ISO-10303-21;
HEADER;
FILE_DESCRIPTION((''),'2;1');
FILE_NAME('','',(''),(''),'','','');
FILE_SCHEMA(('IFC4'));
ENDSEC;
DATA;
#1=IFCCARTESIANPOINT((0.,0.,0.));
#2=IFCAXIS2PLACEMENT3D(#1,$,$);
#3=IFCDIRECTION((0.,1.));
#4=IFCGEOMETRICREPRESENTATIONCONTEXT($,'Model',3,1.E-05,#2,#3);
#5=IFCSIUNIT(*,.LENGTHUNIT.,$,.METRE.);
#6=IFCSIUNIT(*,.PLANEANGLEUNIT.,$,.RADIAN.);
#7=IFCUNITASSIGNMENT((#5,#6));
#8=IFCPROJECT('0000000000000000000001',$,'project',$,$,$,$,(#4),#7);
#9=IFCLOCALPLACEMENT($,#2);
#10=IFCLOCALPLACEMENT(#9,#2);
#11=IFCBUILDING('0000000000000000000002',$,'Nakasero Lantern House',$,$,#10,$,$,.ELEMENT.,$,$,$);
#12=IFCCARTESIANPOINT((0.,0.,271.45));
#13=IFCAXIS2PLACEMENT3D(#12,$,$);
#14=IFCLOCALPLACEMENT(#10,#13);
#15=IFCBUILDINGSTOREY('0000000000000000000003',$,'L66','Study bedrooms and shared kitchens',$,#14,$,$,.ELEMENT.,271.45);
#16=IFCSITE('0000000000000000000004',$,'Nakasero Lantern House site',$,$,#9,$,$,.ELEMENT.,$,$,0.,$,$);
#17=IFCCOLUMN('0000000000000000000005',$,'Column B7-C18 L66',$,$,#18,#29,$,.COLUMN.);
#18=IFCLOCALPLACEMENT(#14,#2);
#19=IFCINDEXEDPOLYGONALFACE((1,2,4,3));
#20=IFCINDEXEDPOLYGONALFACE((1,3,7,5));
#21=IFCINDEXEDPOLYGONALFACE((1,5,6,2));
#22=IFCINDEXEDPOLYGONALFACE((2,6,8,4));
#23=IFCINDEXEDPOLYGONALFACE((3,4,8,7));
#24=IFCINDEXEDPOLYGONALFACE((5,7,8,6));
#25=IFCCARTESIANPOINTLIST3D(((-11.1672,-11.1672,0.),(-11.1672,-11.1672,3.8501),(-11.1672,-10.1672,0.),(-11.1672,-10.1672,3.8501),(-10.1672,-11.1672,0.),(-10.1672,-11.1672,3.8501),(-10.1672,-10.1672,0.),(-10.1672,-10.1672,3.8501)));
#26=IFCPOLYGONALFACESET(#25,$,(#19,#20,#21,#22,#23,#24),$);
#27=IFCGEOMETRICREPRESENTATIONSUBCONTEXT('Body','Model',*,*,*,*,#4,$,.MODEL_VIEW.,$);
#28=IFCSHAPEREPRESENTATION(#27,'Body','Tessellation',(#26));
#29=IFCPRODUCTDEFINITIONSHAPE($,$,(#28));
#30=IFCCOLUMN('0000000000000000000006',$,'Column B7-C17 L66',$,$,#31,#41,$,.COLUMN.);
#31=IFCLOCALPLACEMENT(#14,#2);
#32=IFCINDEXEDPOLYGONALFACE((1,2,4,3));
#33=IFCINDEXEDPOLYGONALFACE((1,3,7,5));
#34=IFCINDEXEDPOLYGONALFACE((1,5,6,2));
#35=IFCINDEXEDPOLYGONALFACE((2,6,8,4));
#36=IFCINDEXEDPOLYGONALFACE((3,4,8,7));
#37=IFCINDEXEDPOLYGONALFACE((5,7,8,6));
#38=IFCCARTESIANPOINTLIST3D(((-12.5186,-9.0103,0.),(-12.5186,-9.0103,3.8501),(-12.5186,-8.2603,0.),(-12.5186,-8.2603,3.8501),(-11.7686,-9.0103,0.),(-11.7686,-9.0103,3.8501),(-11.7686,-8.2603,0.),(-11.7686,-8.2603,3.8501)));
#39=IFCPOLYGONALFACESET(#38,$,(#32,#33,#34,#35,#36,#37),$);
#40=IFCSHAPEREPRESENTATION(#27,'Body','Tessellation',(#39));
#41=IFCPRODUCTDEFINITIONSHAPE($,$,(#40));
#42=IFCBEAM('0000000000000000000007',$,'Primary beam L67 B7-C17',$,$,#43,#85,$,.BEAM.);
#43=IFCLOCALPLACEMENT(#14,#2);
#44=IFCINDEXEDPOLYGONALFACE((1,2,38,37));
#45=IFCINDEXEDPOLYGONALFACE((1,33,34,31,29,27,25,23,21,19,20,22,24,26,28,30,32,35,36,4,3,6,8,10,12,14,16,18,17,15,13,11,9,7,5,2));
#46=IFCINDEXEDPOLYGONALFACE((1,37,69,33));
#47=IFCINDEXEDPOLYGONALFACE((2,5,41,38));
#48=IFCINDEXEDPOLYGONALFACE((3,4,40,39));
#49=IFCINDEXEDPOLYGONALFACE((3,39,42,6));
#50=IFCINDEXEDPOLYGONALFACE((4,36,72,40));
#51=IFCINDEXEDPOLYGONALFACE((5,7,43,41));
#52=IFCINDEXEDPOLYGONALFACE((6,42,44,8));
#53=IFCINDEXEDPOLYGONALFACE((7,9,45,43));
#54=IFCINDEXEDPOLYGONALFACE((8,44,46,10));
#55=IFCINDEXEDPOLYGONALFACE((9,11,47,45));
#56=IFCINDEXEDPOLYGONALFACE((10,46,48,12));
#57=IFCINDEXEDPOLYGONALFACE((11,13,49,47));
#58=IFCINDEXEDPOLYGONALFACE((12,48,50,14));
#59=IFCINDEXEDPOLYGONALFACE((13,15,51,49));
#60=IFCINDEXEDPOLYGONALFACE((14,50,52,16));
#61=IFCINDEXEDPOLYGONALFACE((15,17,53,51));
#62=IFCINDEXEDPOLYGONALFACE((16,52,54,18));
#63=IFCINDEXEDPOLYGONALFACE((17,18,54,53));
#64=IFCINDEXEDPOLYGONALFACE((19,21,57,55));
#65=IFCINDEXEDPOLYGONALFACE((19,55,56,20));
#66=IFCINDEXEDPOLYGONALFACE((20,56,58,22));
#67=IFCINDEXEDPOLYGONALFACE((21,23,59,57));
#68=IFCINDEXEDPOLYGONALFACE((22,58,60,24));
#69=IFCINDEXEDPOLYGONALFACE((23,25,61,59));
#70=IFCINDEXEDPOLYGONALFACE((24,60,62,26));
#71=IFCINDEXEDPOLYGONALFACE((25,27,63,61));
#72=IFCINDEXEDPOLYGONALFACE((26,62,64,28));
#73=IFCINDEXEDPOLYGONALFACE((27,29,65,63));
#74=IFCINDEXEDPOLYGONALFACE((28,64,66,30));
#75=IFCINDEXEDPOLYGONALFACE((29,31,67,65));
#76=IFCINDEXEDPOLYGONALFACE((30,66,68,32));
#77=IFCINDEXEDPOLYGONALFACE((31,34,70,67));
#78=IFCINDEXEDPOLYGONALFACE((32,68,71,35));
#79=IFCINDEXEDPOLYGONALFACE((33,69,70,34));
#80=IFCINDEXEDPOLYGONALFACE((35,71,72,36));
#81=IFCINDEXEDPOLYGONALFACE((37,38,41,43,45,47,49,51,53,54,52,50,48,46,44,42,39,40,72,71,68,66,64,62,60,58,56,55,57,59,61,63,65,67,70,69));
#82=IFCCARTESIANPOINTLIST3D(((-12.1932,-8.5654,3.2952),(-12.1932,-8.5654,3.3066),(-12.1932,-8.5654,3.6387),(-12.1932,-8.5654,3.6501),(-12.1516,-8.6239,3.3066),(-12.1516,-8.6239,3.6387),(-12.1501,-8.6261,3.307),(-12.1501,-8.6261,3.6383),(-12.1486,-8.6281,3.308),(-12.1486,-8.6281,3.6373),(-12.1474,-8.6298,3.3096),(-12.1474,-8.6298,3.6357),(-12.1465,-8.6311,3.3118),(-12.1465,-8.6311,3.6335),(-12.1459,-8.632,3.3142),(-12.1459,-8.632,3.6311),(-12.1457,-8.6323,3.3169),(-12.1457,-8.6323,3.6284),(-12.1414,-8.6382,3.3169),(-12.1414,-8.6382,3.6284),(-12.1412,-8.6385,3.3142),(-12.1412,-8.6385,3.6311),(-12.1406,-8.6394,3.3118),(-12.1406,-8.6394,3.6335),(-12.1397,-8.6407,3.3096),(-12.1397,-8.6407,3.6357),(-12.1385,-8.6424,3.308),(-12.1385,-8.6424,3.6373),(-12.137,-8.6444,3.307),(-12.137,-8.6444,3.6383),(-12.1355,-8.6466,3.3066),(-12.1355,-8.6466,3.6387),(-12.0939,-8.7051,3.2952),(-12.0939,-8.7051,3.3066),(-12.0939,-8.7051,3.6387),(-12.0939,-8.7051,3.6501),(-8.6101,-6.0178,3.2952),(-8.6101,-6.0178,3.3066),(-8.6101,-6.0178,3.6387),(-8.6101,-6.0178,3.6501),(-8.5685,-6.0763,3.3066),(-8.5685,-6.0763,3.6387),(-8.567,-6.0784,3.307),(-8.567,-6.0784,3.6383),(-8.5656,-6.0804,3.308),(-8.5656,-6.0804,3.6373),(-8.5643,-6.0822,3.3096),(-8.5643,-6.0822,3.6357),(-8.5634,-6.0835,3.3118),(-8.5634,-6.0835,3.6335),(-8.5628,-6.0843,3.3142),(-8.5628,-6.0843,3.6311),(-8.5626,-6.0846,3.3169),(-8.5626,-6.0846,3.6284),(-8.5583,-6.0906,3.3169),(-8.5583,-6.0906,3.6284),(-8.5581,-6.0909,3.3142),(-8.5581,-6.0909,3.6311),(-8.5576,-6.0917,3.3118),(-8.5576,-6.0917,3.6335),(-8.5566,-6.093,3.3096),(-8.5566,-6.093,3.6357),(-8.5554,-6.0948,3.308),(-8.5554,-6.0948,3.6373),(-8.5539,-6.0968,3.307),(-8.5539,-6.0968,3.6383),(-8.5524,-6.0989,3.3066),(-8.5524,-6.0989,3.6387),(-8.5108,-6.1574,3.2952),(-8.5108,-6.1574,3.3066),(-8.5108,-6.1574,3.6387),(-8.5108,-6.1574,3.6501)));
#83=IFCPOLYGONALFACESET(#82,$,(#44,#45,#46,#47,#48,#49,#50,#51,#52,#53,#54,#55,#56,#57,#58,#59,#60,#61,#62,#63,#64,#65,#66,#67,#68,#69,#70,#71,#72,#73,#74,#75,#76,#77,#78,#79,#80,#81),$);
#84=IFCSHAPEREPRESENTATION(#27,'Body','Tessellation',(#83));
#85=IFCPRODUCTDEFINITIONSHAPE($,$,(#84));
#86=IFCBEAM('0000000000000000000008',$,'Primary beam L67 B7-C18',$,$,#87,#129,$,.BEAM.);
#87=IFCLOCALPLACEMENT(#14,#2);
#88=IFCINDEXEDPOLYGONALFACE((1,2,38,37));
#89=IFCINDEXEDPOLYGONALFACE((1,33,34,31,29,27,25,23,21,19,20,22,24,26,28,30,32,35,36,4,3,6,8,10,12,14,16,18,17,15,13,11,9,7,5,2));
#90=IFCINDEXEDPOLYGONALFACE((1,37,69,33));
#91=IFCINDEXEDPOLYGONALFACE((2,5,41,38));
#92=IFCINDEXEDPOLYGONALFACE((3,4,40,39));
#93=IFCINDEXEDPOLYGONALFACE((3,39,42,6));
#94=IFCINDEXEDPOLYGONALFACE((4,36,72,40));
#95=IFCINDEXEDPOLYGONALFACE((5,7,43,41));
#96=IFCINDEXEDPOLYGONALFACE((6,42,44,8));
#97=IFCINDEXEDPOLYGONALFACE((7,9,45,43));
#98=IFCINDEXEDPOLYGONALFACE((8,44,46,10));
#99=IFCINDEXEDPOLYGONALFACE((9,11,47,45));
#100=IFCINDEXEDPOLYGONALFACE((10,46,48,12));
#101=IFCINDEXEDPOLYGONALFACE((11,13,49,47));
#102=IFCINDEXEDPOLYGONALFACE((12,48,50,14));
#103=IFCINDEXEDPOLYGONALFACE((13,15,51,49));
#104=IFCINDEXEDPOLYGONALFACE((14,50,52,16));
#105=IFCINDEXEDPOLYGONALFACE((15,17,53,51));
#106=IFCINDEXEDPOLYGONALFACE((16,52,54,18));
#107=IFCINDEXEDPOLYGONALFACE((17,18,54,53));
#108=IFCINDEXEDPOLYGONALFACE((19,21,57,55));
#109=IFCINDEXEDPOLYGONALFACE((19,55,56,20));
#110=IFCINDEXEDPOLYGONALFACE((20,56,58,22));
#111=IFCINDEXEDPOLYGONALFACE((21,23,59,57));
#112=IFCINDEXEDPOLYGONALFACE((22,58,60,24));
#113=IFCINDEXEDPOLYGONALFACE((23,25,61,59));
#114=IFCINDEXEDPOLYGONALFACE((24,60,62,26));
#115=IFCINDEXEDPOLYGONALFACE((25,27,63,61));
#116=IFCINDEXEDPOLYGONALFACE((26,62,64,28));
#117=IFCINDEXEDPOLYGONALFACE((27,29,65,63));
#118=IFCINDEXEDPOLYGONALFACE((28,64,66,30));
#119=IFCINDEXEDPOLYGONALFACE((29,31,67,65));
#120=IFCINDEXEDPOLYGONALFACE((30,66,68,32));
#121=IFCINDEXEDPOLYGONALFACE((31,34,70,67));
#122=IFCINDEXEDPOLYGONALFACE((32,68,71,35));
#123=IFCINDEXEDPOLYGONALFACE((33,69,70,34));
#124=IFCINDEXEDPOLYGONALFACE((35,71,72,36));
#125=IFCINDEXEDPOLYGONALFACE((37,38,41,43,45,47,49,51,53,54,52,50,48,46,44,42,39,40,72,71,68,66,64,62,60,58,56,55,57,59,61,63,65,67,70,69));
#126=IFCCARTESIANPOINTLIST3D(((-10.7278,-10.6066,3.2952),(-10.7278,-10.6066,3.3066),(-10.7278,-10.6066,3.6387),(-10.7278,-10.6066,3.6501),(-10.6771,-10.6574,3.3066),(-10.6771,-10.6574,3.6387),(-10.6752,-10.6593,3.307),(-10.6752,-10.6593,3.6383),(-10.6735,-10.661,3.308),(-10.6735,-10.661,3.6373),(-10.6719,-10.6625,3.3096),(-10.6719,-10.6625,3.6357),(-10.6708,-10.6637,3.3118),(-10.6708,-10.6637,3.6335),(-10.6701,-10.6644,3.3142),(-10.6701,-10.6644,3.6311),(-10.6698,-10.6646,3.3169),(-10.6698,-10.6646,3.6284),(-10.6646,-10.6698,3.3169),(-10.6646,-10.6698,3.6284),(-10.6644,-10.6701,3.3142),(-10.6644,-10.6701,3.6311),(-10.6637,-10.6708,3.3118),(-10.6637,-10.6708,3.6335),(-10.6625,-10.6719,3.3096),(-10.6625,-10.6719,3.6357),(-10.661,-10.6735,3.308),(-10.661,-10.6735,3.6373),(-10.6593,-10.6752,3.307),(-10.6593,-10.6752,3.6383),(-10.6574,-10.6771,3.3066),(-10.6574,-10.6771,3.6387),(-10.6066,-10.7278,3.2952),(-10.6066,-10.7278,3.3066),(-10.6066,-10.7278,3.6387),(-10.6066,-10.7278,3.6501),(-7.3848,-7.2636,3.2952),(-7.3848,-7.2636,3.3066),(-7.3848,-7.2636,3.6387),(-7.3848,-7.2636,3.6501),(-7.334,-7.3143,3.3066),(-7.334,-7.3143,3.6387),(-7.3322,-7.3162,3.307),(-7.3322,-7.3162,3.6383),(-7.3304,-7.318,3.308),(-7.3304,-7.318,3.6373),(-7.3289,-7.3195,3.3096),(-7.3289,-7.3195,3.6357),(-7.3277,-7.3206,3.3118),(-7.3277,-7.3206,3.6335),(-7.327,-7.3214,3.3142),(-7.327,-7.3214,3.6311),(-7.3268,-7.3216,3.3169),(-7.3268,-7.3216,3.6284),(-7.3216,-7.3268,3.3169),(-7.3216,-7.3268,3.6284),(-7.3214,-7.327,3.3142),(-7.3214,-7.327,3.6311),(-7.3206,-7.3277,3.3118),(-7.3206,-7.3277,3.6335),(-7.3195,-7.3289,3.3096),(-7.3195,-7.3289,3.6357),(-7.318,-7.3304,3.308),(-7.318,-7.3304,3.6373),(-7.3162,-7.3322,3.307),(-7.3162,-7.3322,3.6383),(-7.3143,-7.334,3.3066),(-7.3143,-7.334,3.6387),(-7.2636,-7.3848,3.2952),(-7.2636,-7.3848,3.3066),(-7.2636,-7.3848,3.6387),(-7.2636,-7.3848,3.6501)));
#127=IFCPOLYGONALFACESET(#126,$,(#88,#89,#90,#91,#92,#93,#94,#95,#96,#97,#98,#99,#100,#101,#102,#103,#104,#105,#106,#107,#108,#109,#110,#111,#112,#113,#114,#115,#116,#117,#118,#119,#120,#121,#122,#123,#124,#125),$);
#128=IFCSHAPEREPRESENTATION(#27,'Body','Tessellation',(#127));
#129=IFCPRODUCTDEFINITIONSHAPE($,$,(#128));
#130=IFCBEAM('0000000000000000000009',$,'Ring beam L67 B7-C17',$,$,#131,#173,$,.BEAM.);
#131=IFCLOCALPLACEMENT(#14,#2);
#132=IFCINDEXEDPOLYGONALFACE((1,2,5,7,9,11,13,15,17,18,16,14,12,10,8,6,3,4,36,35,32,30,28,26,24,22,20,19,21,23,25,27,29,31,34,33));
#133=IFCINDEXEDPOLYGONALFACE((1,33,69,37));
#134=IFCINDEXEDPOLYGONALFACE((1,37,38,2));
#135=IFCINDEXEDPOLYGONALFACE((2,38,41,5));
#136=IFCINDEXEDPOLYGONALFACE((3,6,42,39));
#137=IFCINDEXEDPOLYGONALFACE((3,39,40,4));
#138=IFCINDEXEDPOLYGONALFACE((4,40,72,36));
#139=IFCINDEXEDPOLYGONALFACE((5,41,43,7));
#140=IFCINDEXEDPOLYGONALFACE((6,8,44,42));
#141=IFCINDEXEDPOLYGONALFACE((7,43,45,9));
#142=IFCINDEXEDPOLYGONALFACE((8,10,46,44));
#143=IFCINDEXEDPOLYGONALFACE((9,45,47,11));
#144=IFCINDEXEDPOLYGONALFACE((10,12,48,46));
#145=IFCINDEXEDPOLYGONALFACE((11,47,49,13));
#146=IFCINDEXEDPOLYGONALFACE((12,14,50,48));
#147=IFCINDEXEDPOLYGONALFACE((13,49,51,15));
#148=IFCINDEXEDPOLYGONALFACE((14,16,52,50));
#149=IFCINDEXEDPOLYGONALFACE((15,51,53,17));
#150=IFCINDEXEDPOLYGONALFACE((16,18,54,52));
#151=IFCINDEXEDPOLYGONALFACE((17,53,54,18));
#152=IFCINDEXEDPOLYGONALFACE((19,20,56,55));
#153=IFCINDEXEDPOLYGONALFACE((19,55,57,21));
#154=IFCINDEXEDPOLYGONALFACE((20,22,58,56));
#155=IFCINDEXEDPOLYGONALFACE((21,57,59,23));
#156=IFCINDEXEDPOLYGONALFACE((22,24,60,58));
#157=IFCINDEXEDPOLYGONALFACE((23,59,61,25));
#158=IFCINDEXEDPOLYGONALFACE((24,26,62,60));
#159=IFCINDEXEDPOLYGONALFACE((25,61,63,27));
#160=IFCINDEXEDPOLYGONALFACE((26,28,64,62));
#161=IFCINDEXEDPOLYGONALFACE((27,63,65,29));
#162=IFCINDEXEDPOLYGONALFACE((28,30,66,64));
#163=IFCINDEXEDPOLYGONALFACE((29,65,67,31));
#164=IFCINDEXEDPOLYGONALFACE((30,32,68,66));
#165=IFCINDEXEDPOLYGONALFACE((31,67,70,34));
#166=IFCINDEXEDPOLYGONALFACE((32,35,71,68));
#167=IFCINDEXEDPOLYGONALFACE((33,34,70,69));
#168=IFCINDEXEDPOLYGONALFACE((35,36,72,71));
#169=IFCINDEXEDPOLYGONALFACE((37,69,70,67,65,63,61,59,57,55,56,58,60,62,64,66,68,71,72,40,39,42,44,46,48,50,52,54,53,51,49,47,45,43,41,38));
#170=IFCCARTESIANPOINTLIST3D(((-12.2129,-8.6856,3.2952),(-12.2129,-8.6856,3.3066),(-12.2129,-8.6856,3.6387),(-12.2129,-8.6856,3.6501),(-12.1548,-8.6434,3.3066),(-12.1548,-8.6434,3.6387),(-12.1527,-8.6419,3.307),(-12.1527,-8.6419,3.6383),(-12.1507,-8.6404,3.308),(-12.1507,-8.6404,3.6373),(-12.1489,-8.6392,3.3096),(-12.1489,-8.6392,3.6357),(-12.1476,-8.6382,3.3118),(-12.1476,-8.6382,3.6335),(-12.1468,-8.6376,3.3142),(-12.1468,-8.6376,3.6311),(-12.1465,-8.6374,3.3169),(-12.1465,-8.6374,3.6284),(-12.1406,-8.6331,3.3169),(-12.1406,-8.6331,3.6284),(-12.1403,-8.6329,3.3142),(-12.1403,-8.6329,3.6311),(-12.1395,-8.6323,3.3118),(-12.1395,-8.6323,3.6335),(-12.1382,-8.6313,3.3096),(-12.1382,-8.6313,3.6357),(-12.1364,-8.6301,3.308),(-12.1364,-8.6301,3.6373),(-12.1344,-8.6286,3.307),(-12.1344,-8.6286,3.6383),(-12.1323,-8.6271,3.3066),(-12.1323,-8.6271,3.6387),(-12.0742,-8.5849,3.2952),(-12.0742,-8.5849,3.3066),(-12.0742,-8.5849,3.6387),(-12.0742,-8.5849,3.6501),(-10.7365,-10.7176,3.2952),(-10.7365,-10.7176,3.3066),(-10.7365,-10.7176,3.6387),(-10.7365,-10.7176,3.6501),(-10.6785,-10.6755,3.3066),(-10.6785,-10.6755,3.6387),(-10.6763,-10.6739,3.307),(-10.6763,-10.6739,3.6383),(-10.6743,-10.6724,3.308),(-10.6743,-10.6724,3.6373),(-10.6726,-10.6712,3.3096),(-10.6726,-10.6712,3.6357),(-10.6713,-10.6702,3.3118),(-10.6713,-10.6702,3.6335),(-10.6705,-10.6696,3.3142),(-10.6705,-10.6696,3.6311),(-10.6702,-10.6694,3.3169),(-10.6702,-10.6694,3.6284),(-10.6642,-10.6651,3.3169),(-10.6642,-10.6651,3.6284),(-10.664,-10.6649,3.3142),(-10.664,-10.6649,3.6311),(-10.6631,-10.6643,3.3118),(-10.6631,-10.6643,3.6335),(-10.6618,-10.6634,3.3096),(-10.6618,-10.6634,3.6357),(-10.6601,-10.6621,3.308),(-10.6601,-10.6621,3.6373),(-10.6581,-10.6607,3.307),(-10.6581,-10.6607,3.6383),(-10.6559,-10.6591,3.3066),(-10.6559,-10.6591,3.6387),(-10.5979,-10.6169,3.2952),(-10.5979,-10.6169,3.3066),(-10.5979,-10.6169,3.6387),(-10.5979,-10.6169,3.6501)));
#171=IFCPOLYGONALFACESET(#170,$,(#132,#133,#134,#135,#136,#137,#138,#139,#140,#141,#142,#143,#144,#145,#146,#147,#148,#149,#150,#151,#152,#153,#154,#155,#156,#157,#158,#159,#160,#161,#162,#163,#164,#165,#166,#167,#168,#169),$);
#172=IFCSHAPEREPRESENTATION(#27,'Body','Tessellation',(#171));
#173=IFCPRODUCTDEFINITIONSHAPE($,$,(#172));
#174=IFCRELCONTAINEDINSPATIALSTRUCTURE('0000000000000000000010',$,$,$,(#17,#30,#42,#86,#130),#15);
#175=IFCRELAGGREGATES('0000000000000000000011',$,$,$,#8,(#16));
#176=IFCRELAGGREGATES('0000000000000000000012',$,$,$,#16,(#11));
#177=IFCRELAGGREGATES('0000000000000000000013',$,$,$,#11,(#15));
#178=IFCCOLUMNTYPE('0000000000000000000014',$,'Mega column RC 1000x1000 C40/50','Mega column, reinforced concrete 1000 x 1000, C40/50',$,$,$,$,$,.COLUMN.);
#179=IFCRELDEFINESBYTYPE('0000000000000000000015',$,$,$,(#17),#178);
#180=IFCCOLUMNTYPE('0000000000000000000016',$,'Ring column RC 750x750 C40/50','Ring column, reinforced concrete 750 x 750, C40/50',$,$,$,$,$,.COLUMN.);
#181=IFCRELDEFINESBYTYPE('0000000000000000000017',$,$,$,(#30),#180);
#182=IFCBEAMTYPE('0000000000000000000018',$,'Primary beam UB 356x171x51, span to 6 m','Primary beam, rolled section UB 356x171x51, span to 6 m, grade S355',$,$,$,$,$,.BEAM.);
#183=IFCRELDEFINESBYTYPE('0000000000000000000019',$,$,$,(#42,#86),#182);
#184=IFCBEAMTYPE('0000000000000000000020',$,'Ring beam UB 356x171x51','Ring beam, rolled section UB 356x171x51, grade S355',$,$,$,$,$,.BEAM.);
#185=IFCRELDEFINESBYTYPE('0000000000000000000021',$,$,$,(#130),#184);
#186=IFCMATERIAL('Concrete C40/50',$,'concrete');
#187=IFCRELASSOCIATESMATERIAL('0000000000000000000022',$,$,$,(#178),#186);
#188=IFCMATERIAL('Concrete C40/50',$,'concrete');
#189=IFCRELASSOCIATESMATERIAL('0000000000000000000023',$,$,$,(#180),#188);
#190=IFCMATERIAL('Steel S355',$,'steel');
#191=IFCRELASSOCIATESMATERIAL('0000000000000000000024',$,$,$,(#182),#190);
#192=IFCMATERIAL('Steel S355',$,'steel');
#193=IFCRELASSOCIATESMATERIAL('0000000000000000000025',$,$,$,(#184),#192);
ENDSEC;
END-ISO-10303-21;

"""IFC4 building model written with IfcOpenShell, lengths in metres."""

from ifc_helpers import new_model, si_unit, direction, frame, origin, origin_2d, place, context, subcontext, project, spatial, rectangle, i_section, extrude, material, material_profile, profile_set, type_object, element, save


model = new_model("IFC4")

# Units and contexts
model_context = context("Model", 3, precision=1e-05, world=origin(), true_north=direction((0.0, 1.0)))
body_context = subcontext(model_context, "Body", "Model", "MODEL_VIEW")
ifc_project = project(units=[si_unit("LENGTHUNIT", "METRE"), si_unit("PLANEANGLEUNIT", "RADIAN")], contexts=[model_context])

# Site, building, storey
site_placement = place(None, origin())
site = spatial("IfcSite", under=ifc_project, at=site_placement, Name="Nakasero Lantern House site", CompositionType="ELEMENT", RefElevation=0.0)
building_placement = place(site_placement, origin())
building = spatial("IfcBuilding", under=site, at=building_placement, Name="Nakasero Lantern House", CompositionType="ELEMENT")
storey_placement = place(building_placement, frame((0.0, 0.0, 271.45)))
storey = spatial("IfcBuildingStorey", under=building, at=storey_placement, Name="L66", Description="Study bedrooms and shared kitchens", CompositionType="ELEMENT", Elevation=271.45)

# Columns
ifc_material_1 = material(Name="Concrete C40/50", Category="concrete")
ifc_material_profile_1 = material_profile(ifc_material_1, rectangle(XDim=1.0, YDim=1.0, at=origin_2d()), Name="RC 1000x1000")
ifc_profile_set_1 = profile_set([ifc_material_profile_1], Name="Concrete C40/50")
column_type_1 = type_object("IfcColumnType", Name="Mega column RC 1000x1000 C40/50", Description="Mega column, reinforced concrete 1000 x 1000, C40/50", PredefinedType="COLUMN", material=ifc_profile_set_1)
column_1_placement = place(storey_placement, frame((-10.6672, -10.6672, 0.0), z_axis=(0.0, 0.0, 1.0), x_axis=(1.0, 0.0, 0.0)))
element("IfcColumn", 1, at=column_1_placement, inside=storey, type_object=column_type_1, Name="Column B7-C18 L66", PredefinedType="COLUMN", context=body_context, shape_type="SweptSolid", body=[
    extrude(rectangle(XDim=1.0, YDim=1.0, at=origin_2d()), origin(), (0.0, 0.0, 1.0), 3.8501),
])
ifc_material_2 = material(Name="Concrete C40/50", Category="concrete")
ifc_material_profile_2 = material_profile(ifc_material_2, rectangle(XDim=0.75, YDim=0.75, at=origin_2d()), Name="RC 750x750")
ifc_profile_set_2 = profile_set([ifc_material_profile_2], Name="Concrete C40/50")
column_type_2 = type_object("IfcColumnType", Name="Ring column RC 750x750 C40/50", Description="Ring column, reinforced concrete 750 x 750, C40/50", PredefinedType="COLUMN", material=ifc_profile_set_2)
column_2_placement = place(storey_placement, frame((-12.1436, -8.6353, 0.0), z_axis=(0.0, 0.0, 1.0), x_axis=(1.0, 0.0, 0.0)))
element("IfcColumn", 2, at=column_2_placement, inside=storey, type_object=column_type_2, Name="Column B7-C17 L66", PredefinedType="COLUMN", context=body_context, shape_type="SweptSolid", body=[
    extrude(rectangle(XDim=0.75, YDim=0.75, at=origin_2d()), origin(), (0.0, 0.0, 1.0), 3.8501),
])

# Beams
ifc_material_3 = material(Name="Steel S355", Category="steel")
ifc_material_profile_3 = material_profile(ifc_material_3, i_section(OverallWidth=0.1714, OverallDepth=0.355, WebThickness=0.0073, FlangeThickness=0.0115, FilletRadius=0.0103, at=origin_2d()), Name="UB 356x171x51")
ifc_profile_set_3 = profile_set([ifc_material_profile_3], Name="Steel S355")
beam_type_1 = type_object("IfcBeamType", Name="Primary beam UB 356x171x51, span to 6 m", Description="Primary beam, rolled section UB 356x171x51, span to 6 m, grade S355", PredefinedType="BEAM", material=ifc_profile_set_3)
beam_1_placement = place(storey_placement, frame((-12.1436, -8.6353, 3.4727), z_axis=(0.814989, 0.579477, 0.0), x_axis=(-0.579477, 0.814989, 0.0)))
element("IfcBeam", 3, at=beam_1_placement, inside=storey, type_object=beam_type_1, Name="Primary beam L67 B7-C17", PredefinedType="BEAM", context=body_context, shape_type="SweptSolid", body=[
    extrude(i_section(OverallWidth=0.1714, OverallDepth=0.355, WebThickness=0.0073, FlangeThickness=0.0115, FilletRadius=0.0103, at=origin_2d()), origin(), (0.0, 0.0, 1.0), 4.3965),
])
beam_2_placement = place(storey_placement, frame((-10.6672, -10.6672, 3.4727), z_axis=(0.707107, 0.707107, 0.0), x_axis=(-0.707107, 0.707107, 0.0)))
element("IfcBeam", 4, at=beam_2_placement, inside=storey, type_object=beam_type_1, Name="Primary beam L67 B7-C18", PredefinedType="BEAM", context=body_context, shape_type="SweptSolid", body=[
    extrude(i_section(OverallWidth=0.1714, OverallDepth=0.355, WebThickness=0.0073, FlangeThickness=0.0115, FilletRadius=0.0103, at=origin_2d()), origin(), (0.0, 0.0, 1.0), 4.7278),
])
ifc_material_4 = material(Name="Steel S355", Category="steel")
ifc_material_profile_4 = material_profile(ifc_material_4, i_section(OverallWidth=0.1714, OverallDepth=0.355, WebThickness=0.0073, FlangeThickness=0.0115, FilletRadius=0.0103, at=origin_2d()), Name="UB 356x171x51")
ifc_profile_set_4 = profile_set([ifc_material_profile_4], Name="Steel S355")
beam_type_2 = type_object("IfcBeamType", Name="Ring beam UB 356x171x51", Description="Ring beam, rolled section UB 356x171x51, grade S355", PredefinedType="BEAM", material=ifc_profile_set_4)
beam_3_placement = place(storey_placement, frame((-12.1436, -8.6353, 3.4727), z_axis=(0.587784, -0.809018, 0.0), x_axis=(0.809018, 0.587784, 0.0)))
element("IfcBeam", 5, at=beam_3_placement, inside=storey, type_object=beam_type_2, Name="Ring beam L67 B7-C17", PredefinedType="BEAM", context=body_context, shape_type="SweptSolid", body=[
    extrude(i_section(OverallWidth=0.1714, OverallDepth=0.355, WebThickness=0.0073, FlangeThickness=0.0115, FilletRadius=0.0103, at=origin_2d()), origin(), (0.0, 0.0, 1.0), 2.5117),
])

save(model, "model.ifc")
